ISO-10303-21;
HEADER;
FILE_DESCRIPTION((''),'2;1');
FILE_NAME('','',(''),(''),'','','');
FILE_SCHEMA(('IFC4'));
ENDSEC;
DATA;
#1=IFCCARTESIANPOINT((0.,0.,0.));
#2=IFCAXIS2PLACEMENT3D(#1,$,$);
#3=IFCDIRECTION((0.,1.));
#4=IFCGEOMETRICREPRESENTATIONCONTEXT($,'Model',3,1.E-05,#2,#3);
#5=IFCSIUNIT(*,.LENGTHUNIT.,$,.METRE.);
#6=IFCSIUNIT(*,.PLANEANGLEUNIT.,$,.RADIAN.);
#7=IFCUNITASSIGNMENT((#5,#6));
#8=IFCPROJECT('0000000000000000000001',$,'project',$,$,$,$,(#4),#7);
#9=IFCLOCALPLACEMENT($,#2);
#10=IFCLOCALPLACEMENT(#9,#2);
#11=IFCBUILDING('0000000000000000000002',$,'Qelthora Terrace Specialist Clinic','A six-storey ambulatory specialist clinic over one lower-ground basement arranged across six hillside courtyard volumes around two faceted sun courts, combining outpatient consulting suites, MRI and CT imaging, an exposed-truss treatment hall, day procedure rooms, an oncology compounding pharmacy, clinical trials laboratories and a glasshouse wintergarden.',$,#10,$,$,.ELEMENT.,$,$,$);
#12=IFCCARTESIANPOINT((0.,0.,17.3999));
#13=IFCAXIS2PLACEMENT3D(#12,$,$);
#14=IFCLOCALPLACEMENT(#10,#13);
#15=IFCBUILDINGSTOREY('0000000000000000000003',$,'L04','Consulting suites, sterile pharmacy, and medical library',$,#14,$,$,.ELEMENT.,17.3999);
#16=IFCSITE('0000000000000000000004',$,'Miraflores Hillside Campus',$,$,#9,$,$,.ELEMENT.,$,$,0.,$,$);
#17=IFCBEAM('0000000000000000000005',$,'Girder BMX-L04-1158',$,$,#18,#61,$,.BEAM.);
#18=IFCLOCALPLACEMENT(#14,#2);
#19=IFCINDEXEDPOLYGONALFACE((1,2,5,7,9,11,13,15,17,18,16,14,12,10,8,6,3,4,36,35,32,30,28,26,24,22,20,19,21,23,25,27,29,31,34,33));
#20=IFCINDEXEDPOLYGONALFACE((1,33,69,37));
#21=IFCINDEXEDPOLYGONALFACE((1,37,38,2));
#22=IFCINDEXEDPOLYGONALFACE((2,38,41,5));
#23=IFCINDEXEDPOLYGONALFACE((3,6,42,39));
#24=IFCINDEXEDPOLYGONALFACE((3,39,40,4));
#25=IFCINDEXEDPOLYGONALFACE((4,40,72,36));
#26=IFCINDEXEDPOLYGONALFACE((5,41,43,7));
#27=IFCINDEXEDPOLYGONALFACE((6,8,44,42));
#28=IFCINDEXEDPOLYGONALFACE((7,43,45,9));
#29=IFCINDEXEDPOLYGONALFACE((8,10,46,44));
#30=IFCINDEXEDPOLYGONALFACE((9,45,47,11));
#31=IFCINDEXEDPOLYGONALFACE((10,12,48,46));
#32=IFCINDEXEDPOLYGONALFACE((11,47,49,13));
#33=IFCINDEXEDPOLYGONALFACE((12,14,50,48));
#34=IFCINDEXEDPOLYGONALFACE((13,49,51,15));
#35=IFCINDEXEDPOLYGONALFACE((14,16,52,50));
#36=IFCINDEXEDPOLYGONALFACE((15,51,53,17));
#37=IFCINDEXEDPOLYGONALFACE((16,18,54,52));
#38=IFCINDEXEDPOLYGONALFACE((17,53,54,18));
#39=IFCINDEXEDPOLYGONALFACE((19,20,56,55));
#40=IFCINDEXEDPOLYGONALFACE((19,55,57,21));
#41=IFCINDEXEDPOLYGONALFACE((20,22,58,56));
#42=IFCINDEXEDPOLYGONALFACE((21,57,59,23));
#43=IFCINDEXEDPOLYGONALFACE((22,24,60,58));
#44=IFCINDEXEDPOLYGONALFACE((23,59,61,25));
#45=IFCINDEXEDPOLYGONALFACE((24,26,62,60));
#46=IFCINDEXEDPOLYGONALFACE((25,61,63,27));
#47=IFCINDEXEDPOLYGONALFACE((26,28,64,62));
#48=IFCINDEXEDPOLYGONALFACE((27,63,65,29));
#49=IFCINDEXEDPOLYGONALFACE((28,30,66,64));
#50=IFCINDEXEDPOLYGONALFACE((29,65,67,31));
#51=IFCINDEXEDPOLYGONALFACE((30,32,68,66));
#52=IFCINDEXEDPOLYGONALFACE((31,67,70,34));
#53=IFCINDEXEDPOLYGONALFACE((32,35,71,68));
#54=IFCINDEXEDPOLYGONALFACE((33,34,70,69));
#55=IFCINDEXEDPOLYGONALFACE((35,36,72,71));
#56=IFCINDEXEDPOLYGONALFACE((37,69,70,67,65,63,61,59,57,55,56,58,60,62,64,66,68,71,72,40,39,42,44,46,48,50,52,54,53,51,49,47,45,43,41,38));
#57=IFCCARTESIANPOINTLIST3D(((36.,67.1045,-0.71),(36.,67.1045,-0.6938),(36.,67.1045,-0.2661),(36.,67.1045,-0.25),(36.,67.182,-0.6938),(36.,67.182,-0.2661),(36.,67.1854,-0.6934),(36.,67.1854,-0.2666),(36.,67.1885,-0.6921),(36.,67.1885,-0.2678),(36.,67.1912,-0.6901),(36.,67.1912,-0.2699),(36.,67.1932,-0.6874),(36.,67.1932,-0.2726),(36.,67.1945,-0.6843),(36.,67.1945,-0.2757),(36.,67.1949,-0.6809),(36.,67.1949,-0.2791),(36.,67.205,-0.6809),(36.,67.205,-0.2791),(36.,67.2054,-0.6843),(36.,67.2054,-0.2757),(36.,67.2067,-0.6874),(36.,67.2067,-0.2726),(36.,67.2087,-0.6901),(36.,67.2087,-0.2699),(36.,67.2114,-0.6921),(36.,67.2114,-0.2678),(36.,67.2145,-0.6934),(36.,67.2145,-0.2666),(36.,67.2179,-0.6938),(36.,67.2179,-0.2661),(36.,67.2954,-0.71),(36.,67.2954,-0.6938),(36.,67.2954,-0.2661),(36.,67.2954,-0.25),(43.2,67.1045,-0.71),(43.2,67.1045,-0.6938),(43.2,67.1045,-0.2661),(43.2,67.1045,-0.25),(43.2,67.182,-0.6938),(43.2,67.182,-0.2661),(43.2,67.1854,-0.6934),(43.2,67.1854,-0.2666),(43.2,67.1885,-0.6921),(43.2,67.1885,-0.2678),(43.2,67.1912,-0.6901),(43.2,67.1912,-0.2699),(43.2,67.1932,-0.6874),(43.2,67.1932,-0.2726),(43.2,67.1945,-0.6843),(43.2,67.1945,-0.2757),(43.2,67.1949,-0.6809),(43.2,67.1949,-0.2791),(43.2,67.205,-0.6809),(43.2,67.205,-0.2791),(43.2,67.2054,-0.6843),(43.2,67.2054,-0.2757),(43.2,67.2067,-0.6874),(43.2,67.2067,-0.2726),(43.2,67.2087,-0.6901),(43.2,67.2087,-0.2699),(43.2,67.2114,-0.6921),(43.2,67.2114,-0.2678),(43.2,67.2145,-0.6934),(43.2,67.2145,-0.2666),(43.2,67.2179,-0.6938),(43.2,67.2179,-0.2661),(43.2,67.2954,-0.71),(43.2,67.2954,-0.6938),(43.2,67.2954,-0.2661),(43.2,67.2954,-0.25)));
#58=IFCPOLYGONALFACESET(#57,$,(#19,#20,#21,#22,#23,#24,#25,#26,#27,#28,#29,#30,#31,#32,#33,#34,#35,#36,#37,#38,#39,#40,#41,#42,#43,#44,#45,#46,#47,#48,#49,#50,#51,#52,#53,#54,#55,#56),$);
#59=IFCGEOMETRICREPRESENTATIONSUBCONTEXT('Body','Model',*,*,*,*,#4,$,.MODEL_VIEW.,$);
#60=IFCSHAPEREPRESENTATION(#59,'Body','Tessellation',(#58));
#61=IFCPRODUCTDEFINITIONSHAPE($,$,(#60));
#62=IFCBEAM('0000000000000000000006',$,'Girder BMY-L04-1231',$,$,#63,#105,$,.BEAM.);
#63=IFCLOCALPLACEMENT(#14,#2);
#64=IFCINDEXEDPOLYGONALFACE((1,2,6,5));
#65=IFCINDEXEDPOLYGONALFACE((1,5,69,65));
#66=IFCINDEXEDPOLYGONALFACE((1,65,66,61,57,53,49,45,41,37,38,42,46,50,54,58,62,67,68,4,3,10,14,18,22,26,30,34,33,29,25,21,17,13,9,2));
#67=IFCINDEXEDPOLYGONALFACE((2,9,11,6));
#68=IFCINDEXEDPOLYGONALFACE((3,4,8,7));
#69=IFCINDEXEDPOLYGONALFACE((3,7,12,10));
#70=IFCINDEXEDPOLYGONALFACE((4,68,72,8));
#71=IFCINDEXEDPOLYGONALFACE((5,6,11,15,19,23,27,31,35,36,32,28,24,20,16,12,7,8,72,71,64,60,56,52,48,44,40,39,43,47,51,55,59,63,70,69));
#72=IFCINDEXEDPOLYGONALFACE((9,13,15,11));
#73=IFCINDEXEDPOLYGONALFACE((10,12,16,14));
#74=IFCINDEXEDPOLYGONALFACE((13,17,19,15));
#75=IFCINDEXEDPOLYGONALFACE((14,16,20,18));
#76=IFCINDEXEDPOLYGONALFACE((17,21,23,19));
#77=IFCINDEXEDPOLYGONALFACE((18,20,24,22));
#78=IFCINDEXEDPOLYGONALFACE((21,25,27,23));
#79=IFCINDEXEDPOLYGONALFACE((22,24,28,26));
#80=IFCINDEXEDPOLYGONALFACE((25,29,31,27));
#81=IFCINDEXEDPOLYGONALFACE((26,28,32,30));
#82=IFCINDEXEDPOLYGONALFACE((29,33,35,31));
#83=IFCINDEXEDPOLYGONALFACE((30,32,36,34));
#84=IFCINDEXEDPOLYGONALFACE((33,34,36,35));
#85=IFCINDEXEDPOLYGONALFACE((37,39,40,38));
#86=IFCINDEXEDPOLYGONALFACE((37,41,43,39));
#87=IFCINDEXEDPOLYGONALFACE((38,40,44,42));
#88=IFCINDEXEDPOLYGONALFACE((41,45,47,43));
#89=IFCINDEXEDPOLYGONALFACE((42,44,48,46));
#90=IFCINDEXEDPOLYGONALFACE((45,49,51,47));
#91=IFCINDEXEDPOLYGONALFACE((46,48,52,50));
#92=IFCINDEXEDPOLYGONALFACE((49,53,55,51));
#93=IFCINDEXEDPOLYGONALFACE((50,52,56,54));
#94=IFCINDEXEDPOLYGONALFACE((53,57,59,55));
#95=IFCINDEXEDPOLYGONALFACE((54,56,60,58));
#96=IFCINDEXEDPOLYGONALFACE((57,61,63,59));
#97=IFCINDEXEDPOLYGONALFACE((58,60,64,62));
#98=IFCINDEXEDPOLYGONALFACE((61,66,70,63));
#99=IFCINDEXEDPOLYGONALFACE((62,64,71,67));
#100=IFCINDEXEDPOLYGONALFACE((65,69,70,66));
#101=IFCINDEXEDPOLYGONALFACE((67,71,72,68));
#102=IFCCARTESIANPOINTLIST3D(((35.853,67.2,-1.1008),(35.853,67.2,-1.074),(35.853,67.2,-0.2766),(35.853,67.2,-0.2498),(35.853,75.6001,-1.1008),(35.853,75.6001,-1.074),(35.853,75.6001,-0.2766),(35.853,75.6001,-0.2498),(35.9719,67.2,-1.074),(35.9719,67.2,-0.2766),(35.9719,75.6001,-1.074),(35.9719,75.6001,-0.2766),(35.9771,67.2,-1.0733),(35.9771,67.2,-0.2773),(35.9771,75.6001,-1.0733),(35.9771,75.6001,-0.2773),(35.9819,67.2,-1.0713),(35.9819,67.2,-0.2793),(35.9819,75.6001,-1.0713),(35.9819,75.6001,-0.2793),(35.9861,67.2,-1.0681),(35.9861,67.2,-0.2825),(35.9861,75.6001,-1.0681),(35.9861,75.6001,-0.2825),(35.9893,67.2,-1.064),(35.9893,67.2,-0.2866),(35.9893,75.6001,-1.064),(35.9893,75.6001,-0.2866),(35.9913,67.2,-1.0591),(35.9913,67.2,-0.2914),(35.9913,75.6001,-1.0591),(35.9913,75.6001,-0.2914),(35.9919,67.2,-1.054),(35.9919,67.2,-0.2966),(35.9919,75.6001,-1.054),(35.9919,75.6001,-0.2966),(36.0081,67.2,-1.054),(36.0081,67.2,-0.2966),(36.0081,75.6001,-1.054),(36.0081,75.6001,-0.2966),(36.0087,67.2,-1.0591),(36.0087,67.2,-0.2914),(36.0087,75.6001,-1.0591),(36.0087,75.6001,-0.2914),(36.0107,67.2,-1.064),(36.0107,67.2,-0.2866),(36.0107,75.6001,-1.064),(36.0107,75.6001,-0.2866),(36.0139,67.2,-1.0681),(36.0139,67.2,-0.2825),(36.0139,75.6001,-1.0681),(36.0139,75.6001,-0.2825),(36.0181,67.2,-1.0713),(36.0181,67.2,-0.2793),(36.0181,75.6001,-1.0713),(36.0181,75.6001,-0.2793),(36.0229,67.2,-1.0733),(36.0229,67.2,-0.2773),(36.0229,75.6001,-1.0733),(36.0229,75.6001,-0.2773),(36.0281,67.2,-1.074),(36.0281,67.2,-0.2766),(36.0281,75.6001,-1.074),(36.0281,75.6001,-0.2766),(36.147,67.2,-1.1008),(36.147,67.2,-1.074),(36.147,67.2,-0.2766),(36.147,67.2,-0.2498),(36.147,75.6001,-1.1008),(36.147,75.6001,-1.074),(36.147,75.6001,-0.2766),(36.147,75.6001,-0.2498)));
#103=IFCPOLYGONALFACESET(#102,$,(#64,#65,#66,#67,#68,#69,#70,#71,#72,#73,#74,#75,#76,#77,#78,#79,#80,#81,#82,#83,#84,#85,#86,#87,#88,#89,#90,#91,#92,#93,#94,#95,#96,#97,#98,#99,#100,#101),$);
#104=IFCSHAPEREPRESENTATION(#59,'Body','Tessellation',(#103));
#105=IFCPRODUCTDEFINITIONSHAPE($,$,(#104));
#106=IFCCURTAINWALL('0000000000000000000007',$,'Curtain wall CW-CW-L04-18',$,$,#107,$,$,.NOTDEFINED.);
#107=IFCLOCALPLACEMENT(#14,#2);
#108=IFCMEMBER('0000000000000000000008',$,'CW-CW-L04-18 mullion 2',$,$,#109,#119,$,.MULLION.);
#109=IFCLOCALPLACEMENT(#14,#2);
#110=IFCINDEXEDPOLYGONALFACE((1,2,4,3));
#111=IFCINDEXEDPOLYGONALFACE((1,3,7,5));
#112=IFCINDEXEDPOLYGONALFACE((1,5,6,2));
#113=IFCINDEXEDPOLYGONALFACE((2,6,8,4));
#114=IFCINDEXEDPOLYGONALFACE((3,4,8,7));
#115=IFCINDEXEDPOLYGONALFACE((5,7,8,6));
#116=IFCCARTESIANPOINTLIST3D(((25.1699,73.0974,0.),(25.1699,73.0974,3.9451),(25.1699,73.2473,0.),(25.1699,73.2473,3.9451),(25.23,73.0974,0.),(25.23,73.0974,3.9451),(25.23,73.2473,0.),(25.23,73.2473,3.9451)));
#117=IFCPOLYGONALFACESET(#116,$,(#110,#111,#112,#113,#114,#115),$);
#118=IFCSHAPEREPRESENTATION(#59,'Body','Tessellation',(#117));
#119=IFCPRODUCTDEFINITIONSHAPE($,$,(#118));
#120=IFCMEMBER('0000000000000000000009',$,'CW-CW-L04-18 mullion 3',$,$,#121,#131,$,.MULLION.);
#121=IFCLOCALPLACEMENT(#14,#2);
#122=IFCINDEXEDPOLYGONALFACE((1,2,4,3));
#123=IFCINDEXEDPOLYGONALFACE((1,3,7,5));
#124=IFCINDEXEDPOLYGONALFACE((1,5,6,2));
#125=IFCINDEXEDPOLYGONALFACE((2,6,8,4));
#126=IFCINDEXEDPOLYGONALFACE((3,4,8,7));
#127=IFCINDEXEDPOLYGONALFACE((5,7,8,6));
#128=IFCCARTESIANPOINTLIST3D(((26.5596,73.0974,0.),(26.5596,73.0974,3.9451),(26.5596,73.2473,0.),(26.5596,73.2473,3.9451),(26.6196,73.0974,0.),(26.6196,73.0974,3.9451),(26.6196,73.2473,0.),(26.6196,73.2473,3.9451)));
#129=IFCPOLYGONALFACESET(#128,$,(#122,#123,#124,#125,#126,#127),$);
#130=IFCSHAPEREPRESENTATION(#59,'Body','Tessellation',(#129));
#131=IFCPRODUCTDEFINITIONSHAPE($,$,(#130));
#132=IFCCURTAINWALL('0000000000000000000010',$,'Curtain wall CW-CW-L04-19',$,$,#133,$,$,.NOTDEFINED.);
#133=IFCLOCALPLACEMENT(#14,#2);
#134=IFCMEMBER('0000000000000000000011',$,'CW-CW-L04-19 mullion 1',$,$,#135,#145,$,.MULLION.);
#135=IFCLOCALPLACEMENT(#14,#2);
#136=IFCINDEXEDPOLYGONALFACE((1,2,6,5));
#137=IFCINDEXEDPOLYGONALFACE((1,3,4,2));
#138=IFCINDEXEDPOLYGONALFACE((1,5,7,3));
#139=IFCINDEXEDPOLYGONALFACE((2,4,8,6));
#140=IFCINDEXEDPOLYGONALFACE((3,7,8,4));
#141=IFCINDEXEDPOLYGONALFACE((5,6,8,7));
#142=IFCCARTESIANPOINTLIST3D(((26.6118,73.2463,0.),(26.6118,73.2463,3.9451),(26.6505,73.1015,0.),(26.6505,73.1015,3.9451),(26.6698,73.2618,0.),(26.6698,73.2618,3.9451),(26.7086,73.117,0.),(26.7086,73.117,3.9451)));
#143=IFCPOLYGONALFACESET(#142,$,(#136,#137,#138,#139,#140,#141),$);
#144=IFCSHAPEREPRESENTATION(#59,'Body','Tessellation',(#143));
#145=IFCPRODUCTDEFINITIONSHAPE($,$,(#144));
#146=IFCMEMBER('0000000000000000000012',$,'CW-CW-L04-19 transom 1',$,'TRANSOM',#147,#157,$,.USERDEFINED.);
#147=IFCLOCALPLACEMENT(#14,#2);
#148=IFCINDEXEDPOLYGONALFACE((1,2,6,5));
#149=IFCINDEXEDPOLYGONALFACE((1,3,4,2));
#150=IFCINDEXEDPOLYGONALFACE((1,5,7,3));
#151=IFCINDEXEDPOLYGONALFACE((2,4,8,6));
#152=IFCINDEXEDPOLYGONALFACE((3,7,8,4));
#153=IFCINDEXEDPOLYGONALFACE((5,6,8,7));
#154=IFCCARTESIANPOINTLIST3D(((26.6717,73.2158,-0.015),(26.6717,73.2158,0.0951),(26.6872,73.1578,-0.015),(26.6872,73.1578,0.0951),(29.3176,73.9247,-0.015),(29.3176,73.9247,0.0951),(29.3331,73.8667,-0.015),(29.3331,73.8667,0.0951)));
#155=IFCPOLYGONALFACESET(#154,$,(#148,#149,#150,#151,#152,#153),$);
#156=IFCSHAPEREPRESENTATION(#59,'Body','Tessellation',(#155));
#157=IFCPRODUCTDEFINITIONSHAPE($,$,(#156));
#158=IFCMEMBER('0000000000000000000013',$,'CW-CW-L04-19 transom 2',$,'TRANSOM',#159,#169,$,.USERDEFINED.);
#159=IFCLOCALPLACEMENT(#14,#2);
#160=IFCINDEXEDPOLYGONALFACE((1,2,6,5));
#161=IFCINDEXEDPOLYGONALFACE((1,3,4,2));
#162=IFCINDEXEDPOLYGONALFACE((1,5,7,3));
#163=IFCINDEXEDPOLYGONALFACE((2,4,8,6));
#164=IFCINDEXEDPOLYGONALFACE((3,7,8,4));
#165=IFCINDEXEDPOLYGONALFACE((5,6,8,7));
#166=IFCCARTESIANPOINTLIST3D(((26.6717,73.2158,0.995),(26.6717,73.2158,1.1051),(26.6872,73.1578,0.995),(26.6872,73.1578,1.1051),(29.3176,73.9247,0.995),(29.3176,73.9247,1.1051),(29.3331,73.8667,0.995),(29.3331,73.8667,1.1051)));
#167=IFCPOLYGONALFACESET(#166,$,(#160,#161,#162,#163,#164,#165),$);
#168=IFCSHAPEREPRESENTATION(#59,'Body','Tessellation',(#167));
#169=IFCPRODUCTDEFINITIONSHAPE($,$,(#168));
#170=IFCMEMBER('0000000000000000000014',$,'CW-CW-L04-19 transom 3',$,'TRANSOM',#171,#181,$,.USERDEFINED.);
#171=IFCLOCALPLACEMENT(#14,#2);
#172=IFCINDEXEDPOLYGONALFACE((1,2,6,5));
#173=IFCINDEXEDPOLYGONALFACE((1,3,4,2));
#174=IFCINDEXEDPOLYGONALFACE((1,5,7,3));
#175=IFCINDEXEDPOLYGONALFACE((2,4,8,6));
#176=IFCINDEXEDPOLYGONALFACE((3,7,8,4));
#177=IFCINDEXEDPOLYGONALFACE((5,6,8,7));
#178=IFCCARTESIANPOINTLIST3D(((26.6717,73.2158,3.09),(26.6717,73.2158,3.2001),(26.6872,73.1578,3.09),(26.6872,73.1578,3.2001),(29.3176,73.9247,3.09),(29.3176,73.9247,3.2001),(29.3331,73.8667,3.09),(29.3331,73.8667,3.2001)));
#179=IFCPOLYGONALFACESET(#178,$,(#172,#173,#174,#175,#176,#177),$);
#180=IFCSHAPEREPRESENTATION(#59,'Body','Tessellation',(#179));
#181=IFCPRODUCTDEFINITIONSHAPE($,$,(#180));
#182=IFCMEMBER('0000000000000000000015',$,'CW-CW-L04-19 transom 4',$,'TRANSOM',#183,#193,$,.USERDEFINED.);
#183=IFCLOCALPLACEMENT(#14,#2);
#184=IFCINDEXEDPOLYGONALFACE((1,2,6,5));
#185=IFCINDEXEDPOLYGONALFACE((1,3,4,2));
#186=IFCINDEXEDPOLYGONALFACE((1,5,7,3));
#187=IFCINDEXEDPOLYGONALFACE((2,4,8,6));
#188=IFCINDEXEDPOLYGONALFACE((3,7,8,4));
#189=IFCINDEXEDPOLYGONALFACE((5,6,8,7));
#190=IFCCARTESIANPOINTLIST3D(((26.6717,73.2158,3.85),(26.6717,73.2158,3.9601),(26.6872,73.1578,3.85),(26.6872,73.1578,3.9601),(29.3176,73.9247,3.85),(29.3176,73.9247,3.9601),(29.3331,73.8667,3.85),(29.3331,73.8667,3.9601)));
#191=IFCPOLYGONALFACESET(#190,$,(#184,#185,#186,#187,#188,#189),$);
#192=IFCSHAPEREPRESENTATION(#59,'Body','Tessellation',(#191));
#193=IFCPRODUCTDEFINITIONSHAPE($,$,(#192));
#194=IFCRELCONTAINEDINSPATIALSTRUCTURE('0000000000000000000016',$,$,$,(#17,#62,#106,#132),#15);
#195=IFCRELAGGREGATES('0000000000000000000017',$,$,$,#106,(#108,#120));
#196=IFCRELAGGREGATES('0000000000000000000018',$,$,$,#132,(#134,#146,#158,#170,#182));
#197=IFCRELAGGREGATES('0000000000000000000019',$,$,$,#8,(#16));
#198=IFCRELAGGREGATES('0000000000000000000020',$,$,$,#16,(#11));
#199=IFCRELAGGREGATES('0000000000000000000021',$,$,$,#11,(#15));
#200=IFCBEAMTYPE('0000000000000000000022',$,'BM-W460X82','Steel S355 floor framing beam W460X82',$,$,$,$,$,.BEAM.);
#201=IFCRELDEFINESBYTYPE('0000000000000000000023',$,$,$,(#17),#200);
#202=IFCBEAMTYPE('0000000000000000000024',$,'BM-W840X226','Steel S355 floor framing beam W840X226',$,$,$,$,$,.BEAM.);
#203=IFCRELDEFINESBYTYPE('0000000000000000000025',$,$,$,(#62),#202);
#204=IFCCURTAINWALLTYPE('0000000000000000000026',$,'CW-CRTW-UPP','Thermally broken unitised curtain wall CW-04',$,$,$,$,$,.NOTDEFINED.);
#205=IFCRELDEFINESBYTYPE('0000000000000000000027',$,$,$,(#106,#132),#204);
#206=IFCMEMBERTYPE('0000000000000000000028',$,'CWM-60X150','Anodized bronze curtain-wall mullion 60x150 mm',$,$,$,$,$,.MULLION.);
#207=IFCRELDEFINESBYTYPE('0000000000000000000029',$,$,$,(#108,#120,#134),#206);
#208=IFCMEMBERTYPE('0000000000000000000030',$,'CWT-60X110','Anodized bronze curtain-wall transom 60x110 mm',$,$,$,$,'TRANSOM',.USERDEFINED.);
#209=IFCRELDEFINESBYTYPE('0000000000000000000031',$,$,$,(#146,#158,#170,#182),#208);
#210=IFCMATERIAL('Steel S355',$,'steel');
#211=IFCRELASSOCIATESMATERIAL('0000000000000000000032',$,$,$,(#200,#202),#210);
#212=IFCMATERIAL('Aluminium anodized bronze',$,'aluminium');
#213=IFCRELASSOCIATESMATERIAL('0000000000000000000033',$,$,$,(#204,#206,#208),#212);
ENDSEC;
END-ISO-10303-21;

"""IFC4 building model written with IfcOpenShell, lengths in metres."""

from ifc_helpers import new_model, si_unit, direction, frame, origin, origin_2d, place, context, subcontext, project, spatial, rectangle, i_section, extrude, material, material_profile, profile_set, type_object, element, aggregate, save


model = new_model("IFC4")

# Units and contexts
model_context = context("Model", 3, precision=1e-05, world=origin(), true_north=direction((0.0, 1.0)))
body_context = subcontext(model_context, "Body", "Model", "MODEL_VIEW")
ifc_project = project(units=[si_unit("LENGTHUNIT", "METRE"), si_unit("PLANEANGLEUNIT", "RADIAN")], contexts=[model_context])

# Site, building, storey
site_placement = place(None, origin())
site = spatial("IfcSite", under=ifc_project, at=site_placement, Name="Miraflores Hillside Campus", CompositionType="ELEMENT", RefElevation=0.0)
building_placement = place(site_placement, origin())
building = spatial("IfcBuilding", under=site, at=building_placement, Name="Qelthora Terrace Specialist Clinic", Description="A six-storey ambulatory specialist clinic over one lower-ground basement arranged across six hillside courtyard volumes around two faceted sun courts, combining outpatient consulting suites, MRI and CT imaging, an exposed-truss treatment hall, day procedure rooms, an oncology compounding pharmacy, clinical trials laboratories and a glasshouse wintergarden.", CompositionType="ELEMENT")
storey_placement = place(building_placement, frame((0.0, 0.0, 17.3999)))
storey = spatial("IfcBuildingStorey", under=building, at=storey_placement, Name="L04", Description="Consulting suites, sterile pharmacy, and medical library", CompositionType="ELEMENT", Elevation=17.3999)

# Shared definitions
ifc_material_1 = material(Name="Steel S355", Category="steel")

# Beams
ifc_material_profile_1 = material_profile(ifc_material_1, i_section(OverallWidth=0.1909, OverallDepth=0.46, WebThickness=0.01, FlangeThickness=0.0161, FilletRadius=0.0129, at=origin_2d()), Name="W460X82")
ifc_profile_set_1 = profile_set([ifc_material_profile_1], Name="Steel S355")
beam_type_1 = type_object("IfcBeamType", Name="BM-W460X82", Description="Steel S355 floor framing beam W460X82", PredefinedType="BEAM", material=ifc_profile_set_1)
beam_1_placement = place(storey_placement, frame((36.0, 67.2, -0.48), z_axis=(1.0, 0.0, 0.0), x_axis=(0.0, 1.0, 0.0)))
element("IfcBeam", 1, at=beam_1_placement, inside=storey, type_object=beam_type_1, Name="Girder BMX-L04-1158", PredefinedType="BEAM", context=body_context, shape_type="SweptSolid", body=[
    extrude(i_section(OverallWidth=0.1909, OverallDepth=0.46, WebThickness=0.01, FlangeThickness=0.0161, FilletRadius=0.0129, at=origin_2d()), origin(), (0.0, 0.0, 1.0), 7.2),
])
ifc_material_profile_2 = material_profile(ifc_material_1, i_section(OverallWidth=0.2939, OverallDepth=0.8511, WebThickness=0.0161, FlangeThickness=0.0269, FilletRadius=0.02, at=origin_2d()), Name="W840X226")
ifc_profile_set_2 = profile_set([ifc_material_profile_2], Name="Steel S355")
beam_type_2 = type_object("IfcBeamType", Name="BM-W840X226", Description="Steel S355 floor framing beam W840X226", PredefinedType="BEAM", material=ifc_profile_set_2)
beam_2_placement = place(storey_placement, frame((36.0, 67.2, -0.6753), z_axis=(0.0, 1.0, 0.0), x_axis=(-1.0, 0.0, 0.0)))
element("IfcBeam", 2, at=beam_2_placement, inside=storey, type_object=beam_type_2, Name="Girder BMY-L04-1231", PredefinedType="BEAM", context=body_context, shape_type="SweptSolid", body=[
    extrude(i_section(OverallWidth=0.2939, OverallDepth=0.8511, WebThickness=0.0161, FlangeThickness=0.0269, FilletRadius=0.02, at=origin_2d()), origin(), (0.0, 0.0, 1.0), 8.4001),
])

# Curtain walls, members
ifc_material_2 = material(Name="Aluminium anodized bronze", Category="aluminium")
curtain_wall_type = type_object("IfcCurtainWallType", Name="CW-CRTW-UPP", Description="Thermally broken unitised curtain wall CW-04", PredefinedType="NOTDEFINED", material=ifc_material_2)
curtain_wall_1_placement = place(storey_placement, origin())
curtain_wall_1 = element("IfcCurtainWall", 3, at=curtain_wall_1_placement, inside=storey, type_object=curtain_wall_type, Name="Curtain wall CW-CW-L04-18", PredefinedType="NOTDEFINED")
ifc_material_profile_3 = material_profile(ifc_material_2, rectangle(XDim=0.0601, YDim=0.1499, at=origin_2d()), Name="CWM60X150")
ifc_profile_set_3 = profile_set([ifc_material_profile_3], Name="Aluminium anodized bronze")
member_type_1 = type_object("IfcMemberType", Name="CWM-60X150", Description="Anodized bronze curtain-wall mullion 60x150 mm", PredefinedType="MULLION", material=ifc_profile_set_3)
member_1_placement = place(storey_placement, frame((25.2, 73.1724, 0.0), z_axis=(0.0, 0.0, 1.0), x_axis=(1.0, 0.0, 0.0)))
member_1 = element("IfcMember", 4, at=member_1_placement, type_object=member_type_1, Name="CW-CW-L04-18 mullion 2", PredefinedType="MULLION", context=body_context, shape_type="SweptSolid", body=[
    extrude(rectangle(XDim=0.0601, YDim=0.1499, at=origin_2d()), origin(), (0.0, 0.0, 1.0), 3.9451),
])
member_2_placement = place(storey_placement, frame((26.5896, 73.1724, 0.0), z_axis=(0.0, 0.0, 1.0), x_axis=(1.0, 0.0, 0.0)))
member_2 = element("IfcMember", 5, at=member_2_placement, type_object=member_type_1, Name="CW-CW-L04-18 mullion 3", PredefinedType="MULLION", context=body_context, shape_type="SweptSolid", body=[
    extrude(rectangle(XDim=0.0601, YDim=0.1499, at=origin_2d()), origin(), (0.0, 0.0, 1.0), 3.9451),
])
curtain_wall_2_placement = place(storey_placement, origin())
curtain_wall_2 = element("IfcCurtainWall", 6, at=curtain_wall_2_placement, inside=storey, type_object=curtain_wall_type, Name="Curtain wall CW-CW-L04-19", PredefinedType="NOTDEFINED")
member_3_placement = place(storey_placement, frame((26.6602, 73.1816, 0.0), z_axis=(0.0, 0.0, 1.0), x_axis=(0.965925, 0.25882, 0.0)))
member_3 = element("IfcMember", 7, at=member_3_placement, type_object=member_type_1, Name="CW-CW-L04-19 mullion 1", PredefinedType="MULLION", context=body_context, shape_type="SweptSolid", body=[
    extrude(rectangle(XDim=0.0601, YDim=0.1499, at=origin_2d()), origin(), (0.0, 0.0, 1.0), 3.9451),
])
ifc_material_profile_4 = material_profile(ifc_material_2, rectangle(XDim=0.0601, YDim=0.1101, at=origin_2d()), Name="CWT60X110")
ifc_profile_set_4 = profile_set([ifc_material_profile_4], Name="Aluminium anodized bronze")
member_type_2 = type_object("IfcMemberType", Name="CWT-60X110", Description="Anodized bronze curtain-wall transom 60x110 mm", ElementType="TRANSOM", PredefinedType="USERDEFINED", material=ifc_profile_set_4)
member_4_placement = place(storey_placement, frame((26.6794, 73.1868, 0.04), z_axis=(0.965927, 0.258816, 0.0), x_axis=(-0.258816, 0.965927, 0.0)))
member_4 = element("IfcMember", 8, at=member_4_placement, type_object=member_type_2, Name="CW-CW-L04-19 transom 1", ObjectType="TRANSOM", PredefinedType="USERDEFINED", context=body_context, shape_type="SweptSolid", body=[
    extrude(rectangle(XDim=0.0601, YDim=0.1101, at=origin_2d()), origin(), (0.0, 0.0, 1.0), 2.7393),
])
member_5_placement = place(storey_placement, frame((26.6794, 73.1868, 1.05), z_axis=(0.965927, 0.258816, 0.0), x_axis=(-0.258816, 0.965927, 0.0)))
member_5 = element("IfcMember", 9, at=member_5_placement, type_object=member_type_2, Name="CW-CW-L04-19 transom 2", ObjectType="TRANSOM", PredefinedType="USERDEFINED", context=body_context, shape_type="SweptSolid", body=[
    extrude(rectangle(XDim=0.0601, YDim=0.1101, at=origin_2d()), origin(), (0.0, 0.0, 1.0), 2.7393),
])
member_6_placement = place(storey_placement, frame((26.6794, 73.1868, 3.145), z_axis=(0.965927, 0.258816, 0.0), x_axis=(-0.258816, 0.965927, 0.0)))
member_6 = element("IfcMember", 10, at=member_6_placement, type_object=member_type_2, Name="CW-CW-L04-19 transom 3", ObjectType="TRANSOM", PredefinedType="USERDEFINED", context=body_context, shape_type="SweptSolid", body=[
    extrude(rectangle(XDim=0.0601, YDim=0.1101, at=origin_2d()), origin(), (0.0, 0.0, 1.0), 2.7393),
])
member_7_placement = place(storey_placement, frame((26.6794, 73.1868, 3.905), z_axis=(0.965927, 0.258816, 0.0), x_axis=(-0.258816, 0.965927, 0.0)))
member_7 = element("IfcMember", 11, at=member_7_placement, type_object=member_type_2, Name="CW-CW-L04-19 transom 4", ObjectType="TRANSOM", PredefinedType="USERDEFINED", context=body_context, shape_type="SweptSolid", body=[
    extrude(rectangle(XDim=0.0601, YDim=0.1101, at=origin_2d()), origin(), (0.0, 0.0, 1.0), 2.7393),
])

aggregate(curtain_wall_1, [member_1, member_2])
aggregate(curtain_wall_2, [member_3, member_4, member_5, member_6, member_7])

save(model, "model.ifc")
